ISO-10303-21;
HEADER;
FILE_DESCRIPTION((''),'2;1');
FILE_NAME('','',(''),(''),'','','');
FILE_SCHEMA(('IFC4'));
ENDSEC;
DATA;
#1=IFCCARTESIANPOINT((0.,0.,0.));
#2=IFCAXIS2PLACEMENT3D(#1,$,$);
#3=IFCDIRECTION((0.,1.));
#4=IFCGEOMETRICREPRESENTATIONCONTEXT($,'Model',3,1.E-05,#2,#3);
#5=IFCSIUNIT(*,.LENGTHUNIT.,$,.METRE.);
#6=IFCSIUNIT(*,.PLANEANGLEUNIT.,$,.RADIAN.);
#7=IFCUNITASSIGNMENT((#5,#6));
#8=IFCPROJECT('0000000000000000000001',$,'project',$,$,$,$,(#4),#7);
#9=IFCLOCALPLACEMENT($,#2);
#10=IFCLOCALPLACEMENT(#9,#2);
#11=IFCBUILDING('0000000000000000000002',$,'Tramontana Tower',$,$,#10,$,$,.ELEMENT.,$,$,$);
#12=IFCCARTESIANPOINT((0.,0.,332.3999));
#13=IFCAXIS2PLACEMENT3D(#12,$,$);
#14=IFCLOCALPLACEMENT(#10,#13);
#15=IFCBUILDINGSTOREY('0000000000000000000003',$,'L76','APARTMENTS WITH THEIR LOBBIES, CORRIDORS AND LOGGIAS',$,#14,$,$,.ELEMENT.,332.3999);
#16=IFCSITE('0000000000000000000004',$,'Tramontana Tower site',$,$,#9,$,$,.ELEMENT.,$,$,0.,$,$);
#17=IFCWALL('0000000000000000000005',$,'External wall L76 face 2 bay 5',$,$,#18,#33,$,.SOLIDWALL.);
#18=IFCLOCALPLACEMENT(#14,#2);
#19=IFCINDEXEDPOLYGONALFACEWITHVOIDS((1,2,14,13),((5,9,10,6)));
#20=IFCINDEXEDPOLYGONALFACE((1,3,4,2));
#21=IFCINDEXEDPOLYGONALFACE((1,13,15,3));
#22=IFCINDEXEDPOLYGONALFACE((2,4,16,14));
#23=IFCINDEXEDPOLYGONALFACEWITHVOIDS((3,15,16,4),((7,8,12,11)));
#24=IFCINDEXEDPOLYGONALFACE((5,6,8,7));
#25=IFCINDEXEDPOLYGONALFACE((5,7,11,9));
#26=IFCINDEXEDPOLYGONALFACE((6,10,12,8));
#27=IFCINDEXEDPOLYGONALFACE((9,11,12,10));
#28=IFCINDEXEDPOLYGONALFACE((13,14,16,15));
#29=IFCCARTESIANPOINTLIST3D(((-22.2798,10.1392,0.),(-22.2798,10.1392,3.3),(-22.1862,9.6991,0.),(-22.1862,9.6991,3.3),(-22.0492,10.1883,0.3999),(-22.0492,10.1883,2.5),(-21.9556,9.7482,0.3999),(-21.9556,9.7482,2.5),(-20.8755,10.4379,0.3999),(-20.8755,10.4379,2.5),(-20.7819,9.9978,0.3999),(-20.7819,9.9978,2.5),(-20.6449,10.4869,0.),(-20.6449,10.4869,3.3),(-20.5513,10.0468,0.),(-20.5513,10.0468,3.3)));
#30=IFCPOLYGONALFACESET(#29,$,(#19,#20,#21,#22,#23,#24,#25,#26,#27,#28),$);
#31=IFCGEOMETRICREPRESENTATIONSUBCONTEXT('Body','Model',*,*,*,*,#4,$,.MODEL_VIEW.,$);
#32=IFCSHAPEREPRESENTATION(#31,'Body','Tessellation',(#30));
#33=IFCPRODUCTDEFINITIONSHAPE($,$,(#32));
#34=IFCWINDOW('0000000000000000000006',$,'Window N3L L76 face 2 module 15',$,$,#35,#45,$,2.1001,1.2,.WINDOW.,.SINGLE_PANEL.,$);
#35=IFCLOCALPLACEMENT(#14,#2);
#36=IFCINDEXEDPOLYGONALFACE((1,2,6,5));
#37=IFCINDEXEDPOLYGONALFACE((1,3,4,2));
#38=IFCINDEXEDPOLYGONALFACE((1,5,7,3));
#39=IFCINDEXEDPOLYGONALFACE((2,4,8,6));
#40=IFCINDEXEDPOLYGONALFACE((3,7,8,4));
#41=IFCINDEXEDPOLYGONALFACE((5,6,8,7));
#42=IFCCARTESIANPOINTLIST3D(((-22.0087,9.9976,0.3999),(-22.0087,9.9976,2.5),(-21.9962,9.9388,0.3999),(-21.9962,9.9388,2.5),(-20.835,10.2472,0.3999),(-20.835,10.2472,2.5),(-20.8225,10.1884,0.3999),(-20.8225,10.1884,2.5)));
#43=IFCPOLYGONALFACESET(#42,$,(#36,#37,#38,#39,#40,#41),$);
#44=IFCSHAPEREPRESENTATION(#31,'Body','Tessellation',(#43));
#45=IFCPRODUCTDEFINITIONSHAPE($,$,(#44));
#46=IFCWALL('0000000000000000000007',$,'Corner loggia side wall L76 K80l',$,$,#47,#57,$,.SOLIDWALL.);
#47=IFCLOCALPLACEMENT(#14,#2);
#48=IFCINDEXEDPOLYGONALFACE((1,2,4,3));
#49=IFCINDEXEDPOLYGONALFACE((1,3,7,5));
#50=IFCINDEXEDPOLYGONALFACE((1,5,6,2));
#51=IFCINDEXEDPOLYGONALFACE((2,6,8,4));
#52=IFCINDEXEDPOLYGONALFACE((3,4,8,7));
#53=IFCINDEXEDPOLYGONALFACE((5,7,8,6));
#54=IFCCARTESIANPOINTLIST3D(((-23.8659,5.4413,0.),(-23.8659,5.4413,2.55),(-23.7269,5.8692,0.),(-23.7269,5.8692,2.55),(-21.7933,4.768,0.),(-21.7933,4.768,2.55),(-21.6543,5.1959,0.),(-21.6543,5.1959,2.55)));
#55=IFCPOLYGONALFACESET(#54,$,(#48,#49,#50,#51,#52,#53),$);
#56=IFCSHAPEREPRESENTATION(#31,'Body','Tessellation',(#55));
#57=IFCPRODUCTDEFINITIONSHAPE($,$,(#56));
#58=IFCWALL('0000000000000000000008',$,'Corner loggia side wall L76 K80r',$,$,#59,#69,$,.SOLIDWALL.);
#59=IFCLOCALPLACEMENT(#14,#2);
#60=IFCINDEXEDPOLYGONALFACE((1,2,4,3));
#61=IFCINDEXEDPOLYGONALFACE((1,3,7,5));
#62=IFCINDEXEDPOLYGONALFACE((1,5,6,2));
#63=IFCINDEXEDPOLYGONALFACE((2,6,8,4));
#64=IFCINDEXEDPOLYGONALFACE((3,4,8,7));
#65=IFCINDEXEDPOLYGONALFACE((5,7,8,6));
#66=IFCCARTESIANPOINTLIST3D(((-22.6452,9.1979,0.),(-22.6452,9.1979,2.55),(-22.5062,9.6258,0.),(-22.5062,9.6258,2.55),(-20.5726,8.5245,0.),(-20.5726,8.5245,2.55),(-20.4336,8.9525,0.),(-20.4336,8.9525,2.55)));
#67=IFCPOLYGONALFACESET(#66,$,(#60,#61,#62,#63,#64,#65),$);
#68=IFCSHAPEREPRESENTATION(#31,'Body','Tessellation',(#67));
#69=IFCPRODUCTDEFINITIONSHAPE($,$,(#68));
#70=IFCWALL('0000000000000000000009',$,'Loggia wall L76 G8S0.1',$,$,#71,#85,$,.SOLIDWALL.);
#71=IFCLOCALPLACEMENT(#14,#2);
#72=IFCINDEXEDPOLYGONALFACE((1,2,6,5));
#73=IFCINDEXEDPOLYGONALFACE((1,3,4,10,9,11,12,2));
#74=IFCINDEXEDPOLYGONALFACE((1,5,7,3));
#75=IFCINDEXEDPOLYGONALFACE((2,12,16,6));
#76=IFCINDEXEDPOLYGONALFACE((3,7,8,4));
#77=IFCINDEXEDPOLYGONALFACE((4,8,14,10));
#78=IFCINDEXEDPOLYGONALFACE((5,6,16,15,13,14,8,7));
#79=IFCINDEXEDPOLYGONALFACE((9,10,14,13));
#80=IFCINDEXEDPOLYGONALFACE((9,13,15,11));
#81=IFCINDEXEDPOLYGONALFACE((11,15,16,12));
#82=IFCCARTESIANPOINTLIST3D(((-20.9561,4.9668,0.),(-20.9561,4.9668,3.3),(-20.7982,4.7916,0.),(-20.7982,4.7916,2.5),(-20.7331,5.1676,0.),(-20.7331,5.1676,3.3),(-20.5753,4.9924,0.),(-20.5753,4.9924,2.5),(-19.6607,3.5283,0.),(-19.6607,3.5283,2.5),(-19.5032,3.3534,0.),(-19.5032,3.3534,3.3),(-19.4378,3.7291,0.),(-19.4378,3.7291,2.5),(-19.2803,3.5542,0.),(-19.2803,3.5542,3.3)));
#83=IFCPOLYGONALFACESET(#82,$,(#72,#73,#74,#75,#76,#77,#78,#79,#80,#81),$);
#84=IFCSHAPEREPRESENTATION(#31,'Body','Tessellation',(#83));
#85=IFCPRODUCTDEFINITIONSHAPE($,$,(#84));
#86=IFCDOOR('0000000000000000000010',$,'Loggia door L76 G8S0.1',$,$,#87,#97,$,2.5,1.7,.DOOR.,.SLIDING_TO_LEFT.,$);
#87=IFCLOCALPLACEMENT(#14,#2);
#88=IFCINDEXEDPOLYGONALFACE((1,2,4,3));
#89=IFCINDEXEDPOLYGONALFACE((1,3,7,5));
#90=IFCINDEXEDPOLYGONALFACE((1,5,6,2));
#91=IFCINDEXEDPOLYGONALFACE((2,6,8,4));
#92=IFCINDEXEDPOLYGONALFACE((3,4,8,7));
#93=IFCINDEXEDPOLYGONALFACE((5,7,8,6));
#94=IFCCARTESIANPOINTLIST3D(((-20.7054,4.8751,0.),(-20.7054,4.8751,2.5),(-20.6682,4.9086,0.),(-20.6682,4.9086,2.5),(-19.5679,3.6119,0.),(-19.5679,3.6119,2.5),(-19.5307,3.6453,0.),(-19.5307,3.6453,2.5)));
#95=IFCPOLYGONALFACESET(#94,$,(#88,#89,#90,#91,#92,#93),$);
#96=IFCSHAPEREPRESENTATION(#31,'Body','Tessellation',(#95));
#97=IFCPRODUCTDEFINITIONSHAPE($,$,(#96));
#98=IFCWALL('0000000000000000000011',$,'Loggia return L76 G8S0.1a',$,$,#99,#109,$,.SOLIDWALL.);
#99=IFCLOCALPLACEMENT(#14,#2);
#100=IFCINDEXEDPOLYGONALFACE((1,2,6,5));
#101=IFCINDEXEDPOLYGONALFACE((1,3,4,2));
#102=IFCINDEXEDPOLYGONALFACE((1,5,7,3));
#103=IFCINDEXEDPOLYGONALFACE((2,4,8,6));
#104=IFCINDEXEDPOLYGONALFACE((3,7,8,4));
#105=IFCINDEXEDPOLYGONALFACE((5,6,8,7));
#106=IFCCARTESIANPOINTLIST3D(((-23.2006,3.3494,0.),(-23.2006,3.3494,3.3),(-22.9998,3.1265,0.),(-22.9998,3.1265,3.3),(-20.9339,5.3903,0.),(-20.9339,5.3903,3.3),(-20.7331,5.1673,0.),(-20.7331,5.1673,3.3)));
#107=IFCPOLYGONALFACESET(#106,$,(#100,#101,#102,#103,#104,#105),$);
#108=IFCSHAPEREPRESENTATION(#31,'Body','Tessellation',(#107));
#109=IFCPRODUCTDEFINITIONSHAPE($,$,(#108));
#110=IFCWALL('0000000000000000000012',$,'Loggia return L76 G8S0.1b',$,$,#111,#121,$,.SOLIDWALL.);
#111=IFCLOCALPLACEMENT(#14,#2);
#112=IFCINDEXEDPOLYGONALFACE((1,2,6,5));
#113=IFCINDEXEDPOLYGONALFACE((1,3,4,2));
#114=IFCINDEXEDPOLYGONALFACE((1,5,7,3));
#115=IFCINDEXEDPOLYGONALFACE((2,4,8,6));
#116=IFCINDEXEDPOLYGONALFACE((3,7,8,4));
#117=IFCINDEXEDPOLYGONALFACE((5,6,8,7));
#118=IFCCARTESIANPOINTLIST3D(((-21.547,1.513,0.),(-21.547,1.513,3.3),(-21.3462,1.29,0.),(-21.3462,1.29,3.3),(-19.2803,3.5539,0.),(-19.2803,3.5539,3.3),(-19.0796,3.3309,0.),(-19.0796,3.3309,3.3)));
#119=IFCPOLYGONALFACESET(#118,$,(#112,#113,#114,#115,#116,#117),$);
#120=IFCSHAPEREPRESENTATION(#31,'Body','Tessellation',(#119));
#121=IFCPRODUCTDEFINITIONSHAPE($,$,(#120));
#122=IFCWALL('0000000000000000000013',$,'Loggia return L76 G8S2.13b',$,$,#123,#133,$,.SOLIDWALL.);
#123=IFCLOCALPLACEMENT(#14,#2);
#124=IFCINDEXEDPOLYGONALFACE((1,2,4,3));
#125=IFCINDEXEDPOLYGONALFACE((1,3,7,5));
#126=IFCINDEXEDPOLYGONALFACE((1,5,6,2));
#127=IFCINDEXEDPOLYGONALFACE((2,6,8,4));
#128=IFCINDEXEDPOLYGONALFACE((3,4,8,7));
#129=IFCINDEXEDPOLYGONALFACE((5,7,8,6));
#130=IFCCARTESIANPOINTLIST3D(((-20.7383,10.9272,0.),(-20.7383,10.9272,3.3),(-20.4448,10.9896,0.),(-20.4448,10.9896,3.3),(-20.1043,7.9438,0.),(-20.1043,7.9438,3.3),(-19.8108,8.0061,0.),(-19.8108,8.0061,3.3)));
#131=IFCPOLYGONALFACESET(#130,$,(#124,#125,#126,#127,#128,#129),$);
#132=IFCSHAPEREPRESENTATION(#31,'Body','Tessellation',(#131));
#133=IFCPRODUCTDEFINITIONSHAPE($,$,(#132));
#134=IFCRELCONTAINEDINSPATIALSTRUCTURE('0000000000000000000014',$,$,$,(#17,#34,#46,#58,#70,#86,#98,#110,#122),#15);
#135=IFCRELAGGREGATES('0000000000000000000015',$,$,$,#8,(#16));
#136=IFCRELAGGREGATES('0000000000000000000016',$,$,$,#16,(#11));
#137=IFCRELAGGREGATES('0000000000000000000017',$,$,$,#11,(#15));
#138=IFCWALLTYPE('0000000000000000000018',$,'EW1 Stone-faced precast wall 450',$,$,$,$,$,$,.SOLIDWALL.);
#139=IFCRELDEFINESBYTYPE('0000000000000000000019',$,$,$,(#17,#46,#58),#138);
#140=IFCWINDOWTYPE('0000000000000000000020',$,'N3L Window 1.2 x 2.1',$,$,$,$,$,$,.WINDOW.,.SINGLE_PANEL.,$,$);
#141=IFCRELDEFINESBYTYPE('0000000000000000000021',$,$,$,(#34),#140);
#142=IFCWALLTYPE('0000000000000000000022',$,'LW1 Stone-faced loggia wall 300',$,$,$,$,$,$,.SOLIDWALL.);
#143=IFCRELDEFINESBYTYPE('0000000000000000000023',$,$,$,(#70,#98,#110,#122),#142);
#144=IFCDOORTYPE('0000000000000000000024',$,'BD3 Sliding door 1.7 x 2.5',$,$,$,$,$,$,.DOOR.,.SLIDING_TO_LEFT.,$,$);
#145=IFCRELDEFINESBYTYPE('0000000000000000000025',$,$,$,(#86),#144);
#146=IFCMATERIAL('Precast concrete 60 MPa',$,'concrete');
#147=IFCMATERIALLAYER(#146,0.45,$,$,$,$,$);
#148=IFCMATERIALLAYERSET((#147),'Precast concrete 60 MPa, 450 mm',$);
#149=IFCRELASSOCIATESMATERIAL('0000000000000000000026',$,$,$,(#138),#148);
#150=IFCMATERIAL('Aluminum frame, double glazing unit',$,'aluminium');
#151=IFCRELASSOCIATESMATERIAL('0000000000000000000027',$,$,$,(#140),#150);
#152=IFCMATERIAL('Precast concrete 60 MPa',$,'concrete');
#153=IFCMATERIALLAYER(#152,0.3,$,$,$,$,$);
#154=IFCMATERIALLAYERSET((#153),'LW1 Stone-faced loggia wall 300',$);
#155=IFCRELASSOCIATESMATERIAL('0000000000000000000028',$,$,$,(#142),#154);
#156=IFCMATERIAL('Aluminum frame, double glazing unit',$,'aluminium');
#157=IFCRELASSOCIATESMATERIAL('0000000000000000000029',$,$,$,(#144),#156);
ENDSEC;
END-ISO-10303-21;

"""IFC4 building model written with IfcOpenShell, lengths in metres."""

from ifc_helpers import new_model, si_unit, direction, frame, frame_2d, origin, place, context, subcontext, project, spatial, rectangle, extrude, material, layer, layer_set, type_object, element, fill, save


model = new_model("IFC4")

# Units and contexts
model_context = context("Model", 3, precision=1e-05, world=origin(), true_north=direction((0.0, 1.0)))
body_context = subcontext(model_context, "Body", "Model", "MODEL_VIEW")
ifc_project = project(units=[si_unit("LENGTHUNIT", "METRE"), si_unit("PLANEANGLEUNIT", "RADIAN")], contexts=[model_context])

# Site, building, storey
site_placement = place(None, origin())
site = spatial("IfcSite", under=ifc_project, at=site_placement, Name="Tramontana Tower site", CompositionType="ELEMENT", RefElevation=0.0)
building_placement = place(site_placement, origin())
building = spatial("IfcBuilding", under=site, at=building_placement, Name="Tramontana Tower", CompositionType="ELEMENT")
storey_placement = place(building_placement, frame((0.0, 0.0, 332.3999)))
storey = spatial("IfcBuildingStorey", under=building, at=storey_placement, Name="L76", Description="APARTMENTS WITH THEIR LOBBIES, CORRIDORS AND LOGGIAS", CompositionType="ELEMENT", Elevation=332.3999)

# Wall, opening, window
ifc_material_1 = material(Name="Precast concrete 60 MPa", Category="concrete")
ifc_layer_1 = layer(ifc_material_1, 0.45)
ifc_layer_set_1 = layer_set([ifc_layer_1], Name="Precast concrete 60 MPa, 450 mm")
wall_type_1 = type_object("IfcWallType", Name="EW1 Stone-faced precast wall 450", PredefinedType="SOLIDWALL", material=ifc_layer_set_1)
ifc_material_2 = material(Name="Aluminum frame, double glazing unit", Category="aluminium")
window_type_1 = type_object("IfcWindowType", Name="N3L Window 1.2 x 2.1", PartitioningType="SINGLE_PANEL", PredefinedType="WINDOW", material=ifc_material_2)
wall_1_placement = place(storey_placement, frame((-20.5981, 10.2668, 0.0), z_axis=(0.0, 0.0, 1.0), x_axis=(-0.978126, -0.208012, 0.0)))
wall_1 = element("IfcWall", 1, at=wall_1_placement, inside=storey, type_object=wall_type_1, Name="External wall L76 face 2 bay 5", PredefinedType="SOLIDWALL", context=body_context, shape_type="SweptSolid", body=[
    extrude(rectangle(XDim=1.6714, YDim=0.45, at=frame_2d((0.8357, 0.0))), origin(), (0.0, 0.0, 1.0), 3.3),
])
opening_1_placement = place(wall_1_placement, frame((0.2356, 0.0, 0.3999)))
opening_1 = element("IfcOpeningElement", 2, at=opening_1_placement, cuts=wall_1, PredefinedType="OPENING", context=body_context, shape_type="SweptSolid", body=[
    extrude(rectangle(XDim=1.2, YDim=2.1001, at=frame_2d((0.6001, 1.05))), frame((0.0, 0.2349, 0.0), z_axis=(0.0, -1.0, 0.0), x_axis=(1.0, 0.0, 0.0)), (0.0, 0.0, 1.0), 0.47),
])
window_1_placement = place(opening_1_placement, origin())
window_1 = element("IfcWindow", 3, at=window_1_placement, inside=storey, type_object=window_type_1, Name="Window N3L L76 face 2 module 15", OverallHeight=2.1001, OverallWidth=1.2, PartitioningType="SINGLE_PANEL", PredefinedType="WINDOW", context=body_context, shape_type="SweptSolid", body=[
    extrude(rectangle(XDim=1.2, YDim=2.1001, at=frame_2d((0.6001, 1.05))), frame((0.0, 0.03, 0.0), z_axis=(0.0, -1.0, 0.0), x_axis=(1.0, 0.0, 0.0)), (0.0, 0.0, 1.0), 0.0601),
])
fill(opening_1, window_1)

# Walls
for number, where, z_axis, x_axis, name in (
    (4, (-23.7964, 5.6553, 0.0), (0.0, 0.0, 1.0), (0.951065, -0.308992, 0.0), "Corner loggia side wall L76 K80l"),
    (5, (-22.5757, 9.4119, 0.0), (0.0, 0.0, 1.0), (0.951065, -0.308992, 0.0), "Corner loggia side wall L76 K80r"),
):
    element("IfcWall", number, at=place(storey_placement, frame(where, z_axis=z_axis, x_axis=x_axis)), inside=storey, type_object=wall_type_1, Name=name, PredefinedType="SOLIDWALL", context=body_context, shape_type="SweptSolid", body=[
        extrude(rectangle(XDim=2.1792, YDim=0.45, at=frame_2d((1.0896, 0.0))), origin(), (0.0, 0.0, 1.0), 2.55),
    ])

# Wall, opening, door
ifc_material_3 = material(Name="Precast concrete 60 MPa", Category="concrete")
ifc_layer_2 = layer(ifc_material_3, 0.3)
ifc_layer_set_2 = layer_set([ifc_layer_2], Name="LW1 Stone-faced loggia wall 300")
wall_type_2 = type_object("IfcWallType", Name="LW1 Stone-faced loggia wall 300", PredefinedType="SOLIDWALL", material=ifc_layer_set_2)
wall_2_placement = place(storey_placement, frame((-20.8445, 5.0671, 0.0), z_axis=(0.0, 0.0, 1.0), x_axis=(0.669145, -0.743132, 0.0)))
wall_2 = element("IfcWall", 6, at=wall_2_placement, inside=storey, type_object=wall_type_2, Name="Loggia wall L76 G8S0.1", PredefinedType="SOLIDWALL", context=body_context, shape_type="SweptSolid", body=[
    extrude(rectangle(XDim=2.1711, YDim=0.3, at=frame_2d((1.0854, 0.0))), origin(), (0.0, 0.0, 1.0), 3.3),
])
opening_2_placement = place(wall_2_placement, frame((0.2356, 0.0, 0.0)))
opening_2 = element("IfcOpeningElement", 7, at=opening_2_placement, cuts=wall_2, PredefinedType="OPENING", context=body_context, shape_type="SweptSolid", body=[
    extrude(rectangle(XDim=1.7, YDim=2.5, at=frame_2d((0.8501, 1.25))), frame((0.0, 0.1599, 0.0), z_axis=(0.0, -1.0, 0.0), x_axis=(1.0, 0.0, 0.0)), (0.0, 0.0, 1.0), 0.3201),
])
ifc_material_4 = material(Name="Aluminum frame, double glazing unit", Category="aluminium")
door_type_1 = type_object("IfcDoorType", Name="BD3 Sliding door 1.7 x 2.5", OperationType="SLIDING_TO_LEFT", PredefinedType="DOOR", material=ifc_material_4)
door_1_placement = place(opening_2_placement, origin())
door_1 = element("IfcDoor", 8, at=door_1_placement, inside=storey, type_object=door_type_1, Name="Loggia door L76 G8S0.1", OperationType="SLIDING_TO_LEFT", OverallHeight=2.5, OverallWidth=1.7, PredefinedType="DOOR", context=body_context, shape_type="SweptSolid", body=[
    extrude(rectangle(XDim=1.7, YDim=2.5, at=frame_2d((0.8501, 1.25))), frame((0.0, 0.0249, 0.0), z_axis=(0.0, -1.0, 0.0), x_axis=(1.0, 0.0, 0.0)), (0.0, 0.0, 1.0), 0.05),
])
fill(opening_2, door_1)

# Walls
for number, where, z_axis, x_axis, name in (
    (9, (-23.1001, 3.238, 0.0), (0.0, 0.0, 1.0), (0.743159, 0.669115, 0.0), "Loggia return L76 G8S0.1a"),
    (10, (-21.4465, 1.4016, 0.0), (0.0, 0.0, 1.0), (0.743159, 0.669115, 0.0), "Loggia return L76 G8S0.1b"),
    (11, (-20.5916, 10.9583, 0.0), (0.0, 0.0, 1.0), (0.207878, -0.978155, 0.0), "Loggia return L76 G8S2.13b"),
):
    element("IfcWall", number, at=place(storey_placement, frame(where, z_axis=z_axis, x_axis=x_axis)), inside=storey, type_object=wall_type_2, Name=name, PredefinedType="SOLIDWALL", context=body_context, shape_type="SweptSolid", body=[
        extrude(rectangle(XDim=3.05, YDim=0.3, at=frame_2d((1.5249, 0.0))), origin(), (0.0, 0.0, 1.0), 3.3),
    ])

save(model, "model.ifc")
